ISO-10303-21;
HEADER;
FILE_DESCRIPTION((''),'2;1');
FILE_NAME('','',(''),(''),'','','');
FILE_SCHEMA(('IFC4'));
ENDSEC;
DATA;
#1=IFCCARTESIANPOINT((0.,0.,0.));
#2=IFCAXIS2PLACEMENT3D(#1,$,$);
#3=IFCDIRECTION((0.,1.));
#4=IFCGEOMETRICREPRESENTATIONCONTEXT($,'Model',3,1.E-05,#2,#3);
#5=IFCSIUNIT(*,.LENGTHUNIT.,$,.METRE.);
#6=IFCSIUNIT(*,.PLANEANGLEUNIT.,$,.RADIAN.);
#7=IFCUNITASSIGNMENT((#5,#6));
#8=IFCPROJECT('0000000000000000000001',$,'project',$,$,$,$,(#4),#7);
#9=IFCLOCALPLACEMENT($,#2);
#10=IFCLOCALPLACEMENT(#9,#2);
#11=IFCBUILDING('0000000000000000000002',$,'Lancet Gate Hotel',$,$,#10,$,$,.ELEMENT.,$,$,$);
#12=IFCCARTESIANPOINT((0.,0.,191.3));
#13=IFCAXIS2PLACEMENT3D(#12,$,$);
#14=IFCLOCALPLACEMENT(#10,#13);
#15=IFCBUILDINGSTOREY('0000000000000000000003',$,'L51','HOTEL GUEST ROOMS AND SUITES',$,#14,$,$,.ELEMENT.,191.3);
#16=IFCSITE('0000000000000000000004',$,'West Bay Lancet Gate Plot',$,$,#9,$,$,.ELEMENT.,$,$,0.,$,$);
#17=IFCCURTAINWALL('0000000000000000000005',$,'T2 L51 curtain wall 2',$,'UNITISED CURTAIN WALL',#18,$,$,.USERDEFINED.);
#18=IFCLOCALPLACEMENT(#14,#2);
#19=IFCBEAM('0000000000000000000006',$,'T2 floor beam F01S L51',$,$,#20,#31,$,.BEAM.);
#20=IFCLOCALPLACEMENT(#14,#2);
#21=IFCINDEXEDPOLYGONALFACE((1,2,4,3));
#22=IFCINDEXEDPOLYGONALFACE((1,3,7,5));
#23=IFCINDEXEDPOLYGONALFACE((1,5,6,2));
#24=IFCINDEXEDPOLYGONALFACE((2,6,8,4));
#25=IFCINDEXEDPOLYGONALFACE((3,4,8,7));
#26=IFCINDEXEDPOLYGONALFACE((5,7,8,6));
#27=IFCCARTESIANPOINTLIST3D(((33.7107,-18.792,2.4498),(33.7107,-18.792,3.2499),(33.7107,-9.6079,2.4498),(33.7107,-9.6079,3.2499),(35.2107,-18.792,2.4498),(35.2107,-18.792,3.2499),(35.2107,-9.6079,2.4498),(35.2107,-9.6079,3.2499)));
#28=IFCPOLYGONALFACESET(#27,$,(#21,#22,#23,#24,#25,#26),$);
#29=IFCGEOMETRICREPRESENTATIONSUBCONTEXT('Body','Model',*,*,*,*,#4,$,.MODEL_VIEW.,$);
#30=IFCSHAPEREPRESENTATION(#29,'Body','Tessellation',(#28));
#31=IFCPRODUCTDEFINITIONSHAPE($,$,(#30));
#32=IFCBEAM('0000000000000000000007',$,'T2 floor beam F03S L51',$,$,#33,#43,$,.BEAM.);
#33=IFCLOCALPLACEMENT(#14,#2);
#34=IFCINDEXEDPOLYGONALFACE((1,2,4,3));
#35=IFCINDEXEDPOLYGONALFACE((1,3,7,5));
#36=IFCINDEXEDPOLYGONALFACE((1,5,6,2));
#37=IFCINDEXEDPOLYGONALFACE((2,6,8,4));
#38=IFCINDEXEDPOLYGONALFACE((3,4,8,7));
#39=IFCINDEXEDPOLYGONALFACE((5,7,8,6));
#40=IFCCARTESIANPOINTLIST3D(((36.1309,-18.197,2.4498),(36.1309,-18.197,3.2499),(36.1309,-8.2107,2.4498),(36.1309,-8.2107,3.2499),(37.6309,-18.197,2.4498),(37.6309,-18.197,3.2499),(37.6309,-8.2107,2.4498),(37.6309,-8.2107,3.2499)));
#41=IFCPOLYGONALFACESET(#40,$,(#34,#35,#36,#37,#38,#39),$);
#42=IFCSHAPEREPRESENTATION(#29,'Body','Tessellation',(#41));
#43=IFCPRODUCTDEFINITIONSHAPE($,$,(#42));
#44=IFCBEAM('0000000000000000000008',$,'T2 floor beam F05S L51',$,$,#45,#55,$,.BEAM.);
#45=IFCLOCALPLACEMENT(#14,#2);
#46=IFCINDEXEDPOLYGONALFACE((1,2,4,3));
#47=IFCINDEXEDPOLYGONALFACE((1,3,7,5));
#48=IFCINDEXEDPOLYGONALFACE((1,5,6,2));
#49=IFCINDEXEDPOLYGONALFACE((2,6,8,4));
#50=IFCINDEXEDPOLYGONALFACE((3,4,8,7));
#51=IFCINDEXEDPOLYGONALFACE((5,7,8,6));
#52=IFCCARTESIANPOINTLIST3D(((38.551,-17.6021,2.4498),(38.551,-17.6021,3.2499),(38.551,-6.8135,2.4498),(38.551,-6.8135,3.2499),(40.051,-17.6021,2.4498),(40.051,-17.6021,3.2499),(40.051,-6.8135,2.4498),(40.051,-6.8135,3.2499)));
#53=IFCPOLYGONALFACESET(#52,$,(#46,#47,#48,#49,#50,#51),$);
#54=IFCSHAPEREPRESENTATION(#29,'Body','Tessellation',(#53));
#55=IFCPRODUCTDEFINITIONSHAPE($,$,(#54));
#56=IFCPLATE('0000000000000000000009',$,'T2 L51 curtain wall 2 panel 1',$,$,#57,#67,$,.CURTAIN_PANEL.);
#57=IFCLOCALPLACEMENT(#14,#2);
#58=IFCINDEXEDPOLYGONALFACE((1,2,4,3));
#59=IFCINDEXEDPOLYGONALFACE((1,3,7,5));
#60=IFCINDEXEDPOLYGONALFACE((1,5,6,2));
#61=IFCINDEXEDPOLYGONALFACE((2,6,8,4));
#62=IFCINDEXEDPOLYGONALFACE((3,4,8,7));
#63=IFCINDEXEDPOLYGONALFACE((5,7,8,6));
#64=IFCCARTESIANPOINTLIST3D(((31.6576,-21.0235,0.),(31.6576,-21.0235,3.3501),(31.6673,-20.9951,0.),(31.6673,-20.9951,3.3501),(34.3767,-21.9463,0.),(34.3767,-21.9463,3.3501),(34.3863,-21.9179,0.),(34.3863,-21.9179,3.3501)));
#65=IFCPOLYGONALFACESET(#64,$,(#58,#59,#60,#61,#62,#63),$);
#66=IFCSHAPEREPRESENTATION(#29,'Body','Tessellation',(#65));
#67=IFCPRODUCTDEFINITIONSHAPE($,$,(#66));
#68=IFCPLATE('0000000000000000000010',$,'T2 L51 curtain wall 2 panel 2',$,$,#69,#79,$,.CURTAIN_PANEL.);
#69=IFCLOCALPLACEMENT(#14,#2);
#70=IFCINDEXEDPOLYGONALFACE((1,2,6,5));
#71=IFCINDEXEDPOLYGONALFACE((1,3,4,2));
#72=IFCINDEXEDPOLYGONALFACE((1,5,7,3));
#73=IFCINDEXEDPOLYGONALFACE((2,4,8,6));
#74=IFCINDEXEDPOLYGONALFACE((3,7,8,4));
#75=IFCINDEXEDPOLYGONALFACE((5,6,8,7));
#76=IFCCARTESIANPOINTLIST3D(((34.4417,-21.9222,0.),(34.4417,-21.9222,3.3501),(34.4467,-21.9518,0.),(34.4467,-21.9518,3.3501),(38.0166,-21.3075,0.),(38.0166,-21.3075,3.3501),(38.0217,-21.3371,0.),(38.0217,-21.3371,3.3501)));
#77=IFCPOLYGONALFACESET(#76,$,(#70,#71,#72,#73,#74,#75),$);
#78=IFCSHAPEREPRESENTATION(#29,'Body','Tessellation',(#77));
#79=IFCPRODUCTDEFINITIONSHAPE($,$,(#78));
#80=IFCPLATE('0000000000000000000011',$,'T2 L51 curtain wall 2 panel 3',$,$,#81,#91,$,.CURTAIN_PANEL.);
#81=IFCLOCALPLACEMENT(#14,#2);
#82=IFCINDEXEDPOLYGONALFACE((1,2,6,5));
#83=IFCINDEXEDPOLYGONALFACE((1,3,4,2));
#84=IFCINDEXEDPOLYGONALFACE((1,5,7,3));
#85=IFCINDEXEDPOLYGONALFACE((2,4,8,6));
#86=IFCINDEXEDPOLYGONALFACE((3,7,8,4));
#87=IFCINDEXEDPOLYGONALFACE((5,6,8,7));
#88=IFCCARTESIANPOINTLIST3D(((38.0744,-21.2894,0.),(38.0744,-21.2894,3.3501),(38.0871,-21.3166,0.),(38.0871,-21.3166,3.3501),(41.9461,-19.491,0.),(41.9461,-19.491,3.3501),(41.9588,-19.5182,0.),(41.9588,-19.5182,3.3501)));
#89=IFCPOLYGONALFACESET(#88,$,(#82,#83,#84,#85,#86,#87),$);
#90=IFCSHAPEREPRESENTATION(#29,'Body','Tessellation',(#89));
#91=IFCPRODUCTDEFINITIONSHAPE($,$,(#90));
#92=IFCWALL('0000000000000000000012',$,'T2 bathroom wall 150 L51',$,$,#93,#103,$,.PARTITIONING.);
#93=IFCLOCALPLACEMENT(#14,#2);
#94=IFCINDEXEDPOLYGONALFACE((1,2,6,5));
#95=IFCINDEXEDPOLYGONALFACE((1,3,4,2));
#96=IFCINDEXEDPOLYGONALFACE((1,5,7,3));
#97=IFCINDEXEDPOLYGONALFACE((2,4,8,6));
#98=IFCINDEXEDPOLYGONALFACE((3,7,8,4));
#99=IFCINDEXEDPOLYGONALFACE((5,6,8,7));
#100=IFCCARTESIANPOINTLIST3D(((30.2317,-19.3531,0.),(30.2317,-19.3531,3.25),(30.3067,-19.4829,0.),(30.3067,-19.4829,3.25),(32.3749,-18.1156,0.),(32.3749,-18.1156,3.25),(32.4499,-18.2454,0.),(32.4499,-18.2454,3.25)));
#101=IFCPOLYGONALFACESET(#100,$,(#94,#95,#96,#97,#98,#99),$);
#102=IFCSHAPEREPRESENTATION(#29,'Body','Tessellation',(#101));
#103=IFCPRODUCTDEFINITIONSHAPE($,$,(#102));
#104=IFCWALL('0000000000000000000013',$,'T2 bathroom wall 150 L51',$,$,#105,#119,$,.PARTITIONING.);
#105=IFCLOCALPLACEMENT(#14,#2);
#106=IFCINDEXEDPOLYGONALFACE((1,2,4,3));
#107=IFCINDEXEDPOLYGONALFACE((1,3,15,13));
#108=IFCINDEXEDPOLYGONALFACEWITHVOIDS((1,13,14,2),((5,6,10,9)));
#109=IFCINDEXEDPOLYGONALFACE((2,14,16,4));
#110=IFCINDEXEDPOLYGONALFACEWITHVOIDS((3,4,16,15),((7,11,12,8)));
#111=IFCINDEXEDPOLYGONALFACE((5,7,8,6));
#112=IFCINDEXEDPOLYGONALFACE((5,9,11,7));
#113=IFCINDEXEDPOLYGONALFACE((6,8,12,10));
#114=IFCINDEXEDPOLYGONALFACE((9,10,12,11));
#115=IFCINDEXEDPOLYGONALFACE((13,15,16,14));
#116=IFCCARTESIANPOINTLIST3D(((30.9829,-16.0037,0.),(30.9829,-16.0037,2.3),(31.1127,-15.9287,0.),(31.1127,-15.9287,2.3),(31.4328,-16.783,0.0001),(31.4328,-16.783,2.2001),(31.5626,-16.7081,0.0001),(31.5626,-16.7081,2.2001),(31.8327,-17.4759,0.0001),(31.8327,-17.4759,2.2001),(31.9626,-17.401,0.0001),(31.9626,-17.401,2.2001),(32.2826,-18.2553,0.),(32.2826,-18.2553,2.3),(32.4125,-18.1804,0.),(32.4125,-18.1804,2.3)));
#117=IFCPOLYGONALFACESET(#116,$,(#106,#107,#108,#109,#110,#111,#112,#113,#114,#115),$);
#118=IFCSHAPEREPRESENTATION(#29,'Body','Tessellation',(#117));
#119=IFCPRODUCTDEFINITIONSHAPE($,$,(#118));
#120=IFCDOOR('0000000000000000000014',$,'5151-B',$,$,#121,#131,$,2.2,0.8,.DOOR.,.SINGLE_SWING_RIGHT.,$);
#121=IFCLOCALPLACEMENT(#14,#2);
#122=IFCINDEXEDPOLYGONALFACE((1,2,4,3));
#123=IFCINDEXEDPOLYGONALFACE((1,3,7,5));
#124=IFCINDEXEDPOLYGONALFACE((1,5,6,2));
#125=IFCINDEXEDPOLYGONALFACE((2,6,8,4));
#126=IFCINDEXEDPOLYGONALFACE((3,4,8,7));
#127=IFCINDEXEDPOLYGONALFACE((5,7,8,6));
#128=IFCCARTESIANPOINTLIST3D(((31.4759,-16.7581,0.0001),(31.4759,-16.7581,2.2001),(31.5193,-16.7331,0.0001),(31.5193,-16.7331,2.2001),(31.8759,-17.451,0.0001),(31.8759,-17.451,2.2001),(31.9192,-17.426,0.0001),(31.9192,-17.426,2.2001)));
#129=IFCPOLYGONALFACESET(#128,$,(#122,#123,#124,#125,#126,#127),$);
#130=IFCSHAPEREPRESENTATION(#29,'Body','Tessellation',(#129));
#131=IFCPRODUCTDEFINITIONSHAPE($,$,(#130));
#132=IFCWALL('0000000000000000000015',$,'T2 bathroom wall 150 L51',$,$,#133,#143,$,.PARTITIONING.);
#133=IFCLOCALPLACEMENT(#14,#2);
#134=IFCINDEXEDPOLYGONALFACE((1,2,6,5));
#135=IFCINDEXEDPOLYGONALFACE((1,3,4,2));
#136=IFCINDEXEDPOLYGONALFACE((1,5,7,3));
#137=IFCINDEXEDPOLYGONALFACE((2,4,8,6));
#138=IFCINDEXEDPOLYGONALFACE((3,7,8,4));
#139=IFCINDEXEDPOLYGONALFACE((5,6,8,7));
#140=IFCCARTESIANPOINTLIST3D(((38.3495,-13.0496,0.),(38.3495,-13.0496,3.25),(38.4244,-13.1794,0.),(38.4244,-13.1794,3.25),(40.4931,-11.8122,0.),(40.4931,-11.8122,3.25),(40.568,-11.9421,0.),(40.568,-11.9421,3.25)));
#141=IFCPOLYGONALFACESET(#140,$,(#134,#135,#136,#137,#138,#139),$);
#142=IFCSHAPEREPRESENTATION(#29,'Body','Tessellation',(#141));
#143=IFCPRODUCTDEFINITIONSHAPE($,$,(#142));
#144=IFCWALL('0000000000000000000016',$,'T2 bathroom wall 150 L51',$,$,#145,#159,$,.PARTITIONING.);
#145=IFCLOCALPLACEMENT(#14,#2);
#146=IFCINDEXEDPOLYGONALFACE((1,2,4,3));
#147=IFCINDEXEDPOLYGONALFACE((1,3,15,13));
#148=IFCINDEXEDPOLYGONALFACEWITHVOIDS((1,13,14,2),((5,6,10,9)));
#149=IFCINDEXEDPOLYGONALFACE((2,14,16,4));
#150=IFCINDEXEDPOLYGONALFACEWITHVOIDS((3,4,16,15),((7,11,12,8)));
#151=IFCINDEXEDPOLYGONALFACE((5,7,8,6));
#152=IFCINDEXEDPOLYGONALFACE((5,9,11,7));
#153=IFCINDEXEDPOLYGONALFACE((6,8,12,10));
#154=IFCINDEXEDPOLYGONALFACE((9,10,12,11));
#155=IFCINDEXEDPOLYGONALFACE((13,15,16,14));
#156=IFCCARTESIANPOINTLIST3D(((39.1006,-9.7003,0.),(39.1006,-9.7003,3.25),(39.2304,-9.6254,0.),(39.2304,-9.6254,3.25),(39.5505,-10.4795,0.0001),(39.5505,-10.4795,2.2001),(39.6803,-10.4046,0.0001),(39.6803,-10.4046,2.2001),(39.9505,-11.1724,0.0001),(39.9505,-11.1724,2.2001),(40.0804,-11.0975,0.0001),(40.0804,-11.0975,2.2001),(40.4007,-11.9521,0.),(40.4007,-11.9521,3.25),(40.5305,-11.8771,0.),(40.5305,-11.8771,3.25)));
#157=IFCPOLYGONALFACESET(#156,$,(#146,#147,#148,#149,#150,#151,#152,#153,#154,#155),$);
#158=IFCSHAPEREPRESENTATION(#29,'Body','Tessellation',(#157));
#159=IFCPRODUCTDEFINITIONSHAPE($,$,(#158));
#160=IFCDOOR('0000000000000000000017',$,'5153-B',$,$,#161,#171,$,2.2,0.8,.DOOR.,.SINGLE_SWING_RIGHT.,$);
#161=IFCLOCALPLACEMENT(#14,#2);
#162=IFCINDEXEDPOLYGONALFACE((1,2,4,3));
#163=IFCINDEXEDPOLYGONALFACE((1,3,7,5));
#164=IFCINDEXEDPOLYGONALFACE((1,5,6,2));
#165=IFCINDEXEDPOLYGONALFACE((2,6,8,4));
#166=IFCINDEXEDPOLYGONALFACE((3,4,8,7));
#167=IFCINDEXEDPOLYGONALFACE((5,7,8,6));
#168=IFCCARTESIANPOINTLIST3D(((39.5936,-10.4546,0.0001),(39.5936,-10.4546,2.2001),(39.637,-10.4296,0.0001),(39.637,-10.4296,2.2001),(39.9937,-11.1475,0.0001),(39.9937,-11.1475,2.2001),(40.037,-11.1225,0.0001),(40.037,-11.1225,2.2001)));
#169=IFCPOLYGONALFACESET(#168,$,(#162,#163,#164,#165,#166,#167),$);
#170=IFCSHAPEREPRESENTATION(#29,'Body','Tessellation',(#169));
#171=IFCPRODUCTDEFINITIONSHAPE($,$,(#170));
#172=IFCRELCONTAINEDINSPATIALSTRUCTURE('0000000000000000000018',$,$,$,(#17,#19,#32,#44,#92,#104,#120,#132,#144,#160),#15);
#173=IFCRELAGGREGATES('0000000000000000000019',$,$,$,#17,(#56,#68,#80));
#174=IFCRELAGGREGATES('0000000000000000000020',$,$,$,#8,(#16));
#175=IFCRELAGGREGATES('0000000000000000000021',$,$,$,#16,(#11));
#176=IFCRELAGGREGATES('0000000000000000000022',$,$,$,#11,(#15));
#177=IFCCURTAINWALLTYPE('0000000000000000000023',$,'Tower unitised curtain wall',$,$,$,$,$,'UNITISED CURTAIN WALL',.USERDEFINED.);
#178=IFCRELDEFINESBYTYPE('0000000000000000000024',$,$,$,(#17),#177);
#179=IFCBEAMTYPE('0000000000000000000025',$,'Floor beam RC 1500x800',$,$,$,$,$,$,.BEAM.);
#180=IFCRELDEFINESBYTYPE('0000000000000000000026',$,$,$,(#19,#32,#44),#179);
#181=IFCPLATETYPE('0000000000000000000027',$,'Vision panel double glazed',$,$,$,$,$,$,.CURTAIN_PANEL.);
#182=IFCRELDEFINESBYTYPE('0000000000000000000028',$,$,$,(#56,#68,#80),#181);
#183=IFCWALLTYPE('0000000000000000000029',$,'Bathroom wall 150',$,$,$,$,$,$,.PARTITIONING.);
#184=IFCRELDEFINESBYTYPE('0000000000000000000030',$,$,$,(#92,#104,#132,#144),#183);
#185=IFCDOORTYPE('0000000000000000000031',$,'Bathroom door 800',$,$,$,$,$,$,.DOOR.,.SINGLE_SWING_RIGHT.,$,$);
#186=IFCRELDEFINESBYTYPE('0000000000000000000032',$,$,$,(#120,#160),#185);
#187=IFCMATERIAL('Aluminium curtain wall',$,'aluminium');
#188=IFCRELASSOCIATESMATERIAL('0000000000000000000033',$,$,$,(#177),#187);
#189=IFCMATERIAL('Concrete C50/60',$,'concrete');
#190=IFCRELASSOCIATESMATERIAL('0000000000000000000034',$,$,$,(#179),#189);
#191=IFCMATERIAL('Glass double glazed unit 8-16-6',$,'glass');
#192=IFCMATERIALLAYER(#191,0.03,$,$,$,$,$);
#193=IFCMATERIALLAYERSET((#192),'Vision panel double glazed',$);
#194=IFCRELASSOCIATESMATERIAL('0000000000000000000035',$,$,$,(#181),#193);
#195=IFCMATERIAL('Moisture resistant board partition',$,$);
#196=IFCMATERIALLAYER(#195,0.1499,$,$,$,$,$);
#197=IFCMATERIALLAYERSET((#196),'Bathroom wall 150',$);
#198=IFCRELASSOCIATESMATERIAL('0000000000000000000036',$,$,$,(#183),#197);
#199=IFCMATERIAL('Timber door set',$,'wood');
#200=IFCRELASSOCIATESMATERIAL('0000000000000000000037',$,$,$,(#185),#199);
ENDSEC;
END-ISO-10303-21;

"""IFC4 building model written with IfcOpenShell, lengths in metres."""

from ifc_helpers import new_model, si_unit, direction, frame, frame_2d, origin, origin_2d, place, context, subcontext, project, spatial, rectangle, extrude, material, layer, layer_set, material_profile, profile_set, type_object, element, fill, aggregate, save


model = new_model("IFC4")

# Units and contexts
model_context = context("Model", 3, precision=1e-05, world=origin(), true_north=direction((0.0, 1.0)))
body_context = subcontext(model_context, "Body", "Model", "MODEL_VIEW")
ifc_project = project(units=[si_unit("LENGTHUNIT", "METRE"), si_unit("PLANEANGLEUNIT", "RADIAN")], contexts=[model_context])

# Site, building, storey
site_placement = place(None, origin())
site = spatial("IfcSite", under=ifc_project, at=site_placement, Name="West Bay Lancet Gate Plot", CompositionType="ELEMENT", RefElevation=0.0)
building_placement = place(site_placement, origin())
building = spatial("IfcBuilding", under=site, at=building_placement, Name="Lancet Gate Hotel", CompositionType="ELEMENT")
storey_placement = place(building_placement, frame((0.0, 0.0, 191.3)))
storey = spatial("IfcBuildingStorey", under=building, at=storey_placement, Name="L51", Description="HOTEL GUEST ROOMS AND SUITES", CompositionType="ELEMENT", Elevation=191.3)

# Shared definitions
ifc_material_1 = material(Name="Aluminium curtain wall", Category="aluminium")
curtain_wall_type = type_object("IfcCurtainWallType", Name="Tower unitised curtain wall", ElementType="UNITISED CURTAIN WALL", PredefinedType="USERDEFINED", material=ifc_material_1)

# Curtain wall
curtain_wall_1_placement = place(storey_placement, origin())
curtain_wall_1 = element("IfcCurtainWall", 1, at=curtain_wall_1_placement, inside=storey, type_object=curtain_wall_type, Name="T2 L51 curtain wall 2", ObjectType="UNITISED CURTAIN WALL", PredefinedType="USERDEFINED")

# Beams
ifc_material_2 = material(Name="Concrete C50/60", Category="concrete")
ifc_material_profile_1 = material_profile(ifc_material_2, rectangle(XDim=1.5, YDim=0.8, at=origin_2d()), Name="RC 1500x800")
ifc_profile_set_1 = profile_set([ifc_material_profile_1], Name="Concrete C50/60")
beam_type_1 = type_object("IfcBeamType", Name="Floor beam RC 1500x800", PredefinedType="BEAM", material=ifc_profile_set_1)
beam_1_placement = place(storey_placement, frame((34.4607, -18.792, 2.8499), z_axis=(0.0, 1.0, 0.0), x_axis=(-1.0, 0.0, 0.0)))
element("IfcBeam", 2, at=beam_1_placement, inside=storey, type_object=beam_type_1, Name="T2 floor beam F01S L51", PredefinedType="BEAM", context=body_context, shape_type="SweptSolid", body=[
    extrude(rectangle(XDim=1.5, YDim=0.8, at=origin_2d()), origin(), (0.0, 0.0, 1.0), 9.1841),
])
beam_2_placement = place(storey_placement, frame((36.8809, -18.197, 2.8499), z_axis=(0.0, 1.0, 0.0), x_axis=(-1.0, 0.0, 0.0)))
element("IfcBeam", 3, at=beam_2_placement, inside=storey, type_object=beam_type_1, Name="T2 floor beam F03S L51", PredefinedType="BEAM", context=body_context, shape_type="SweptSolid", body=[
    extrude(rectangle(XDim=1.5, YDim=0.8, at=origin_2d()), origin(), (0.0, 0.0, 1.0), 9.9863),
])
beam_3_placement = place(storey_placement, frame((39.301, -17.6021, 2.8499), z_axis=(0.0, 1.0, 0.0), x_axis=(-1.0, 0.0, 0.0)))
element("IfcBeam", 4, at=beam_3_placement, inside=storey, type_object=beam_type_1, Name="T2 floor beam F05S L51", PredefinedType="BEAM", context=body_context, shape_type="SweptSolid", body=[
    extrude(rectangle(XDim=1.5, YDim=0.8, at=origin_2d()), origin(), (0.0, 0.0, 1.0), 10.7886),
])

# Plates
ifc_material_3 = material(Name="Glass double glazed unit 8-16-6", Category="glass")
ifc_layer_1 = layer(ifc_material_3, 0.03)
ifc_layer_set_1 = layer_set([ifc_layer_1], Name="Vision panel double glazed")
plate_type = type_object("IfcPlateType", Name="Vision panel double glazed", PredefinedType="CURTAIN_PANEL", material=ifc_layer_set_1)
plate_1_placement = place(storey_placement, frame((33.022, -21.4707, 0.0), z_axis=(0.0, 0.0, 1.0), x_axis=(0.946952, -0.321374, 0.0)))
plate_1 = element("IfcPlate", 5, at=plate_1_placement, type_object=plate_type, Name="T2 L51 curtain wall 2 panel 1", PredefinedType="CURTAIN_PANEL", context=body_context, shape_type="SweptSolid", body=[
    extrude(rectangle(XDim=2.8713, YDim=0.03, at=origin_2d()), origin(), (0.0, 0.0, 1.0), 3.3501),
])
plate_2_placement = place(storey_placement, frame((36.2317, -21.6296, 0.0), z_axis=(0.0, 0.0, 1.0), x_axis=(0.98554, 0.169445, 0.0)))
plate_2 = element("IfcPlate", 6, at=plate_2_placement, type_object=plate_type, Name="T2 L51 curtain wall 2 panel 2", PredefinedType="CURTAIN_PANEL", context=body_context, shape_type="SweptSolid", body=[
    extrude(rectangle(XDim=3.6274, YDim=0.03, at=origin_2d()), origin(), (0.0, 0.0, 1.0), 3.3501),
])
plate_3_placement = place(storey_placement, frame((40.0166, -20.4038, 0.0), z_axis=(0.0, 0.0, 1.0), x_axis=(0.906935, 0.421271, 0.0)))
plate_3 = element("IfcPlate", 7, at=plate_3_placement, type_object=plate_type, Name="T2 L51 curtain wall 2 panel 3", PredefinedType="CURTAIN_PANEL", context=body_context, shape_type="SweptSolid", body=[
    extrude(rectangle(XDim=4.269, YDim=0.03, at=origin_2d()), origin(), (0.0, 0.0, 1.0), 3.3501),
])
aggregate(curtain_wall_1, [plate_1, plate_2, plate_3])

# Wall
ifc_material_4 = material(Name="Moisture resistant board partition")
ifc_layer_2 = layer(ifc_material_4, 0.1499)
ifc_layer_set_2 = layer_set([ifc_layer_2], Name="Bathroom wall 150")
wall_type_1 = type_object("IfcWallType", Name="Bathroom wall 150", PredefinedType="PARTITIONING", material=ifc_layer_set_2)
wall_1_placement = place(storey_placement, frame((30.2693, -19.418, 0.0), z_axis=(0.0, 0.0, 1.0), x_axis=(0.866007, 0.500033, 0.0)))
element("IfcWall", 8, at=wall_1_placement, inside=storey, type_object=wall_type_1, Name="T2 bathroom wall 150 L51", PredefinedType="PARTITIONING", context=body_context, shape_type="SweptSolid", body=[
    extrude(rectangle(XDim=2.4749, YDim=0.1499, at=frame_2d((1.2373, 0.0))), origin(), (0.0, 0.0, 1.0), 3.25),
])

# Wall, opening, door
wall_2_placement = place(storey_placement, frame((31.0479, -15.9663, 0.0), z_axis=(0.0, 0.0, 1.0), x_axis=(0.499937, -0.866062, 0.0)))
wall_2 = element("IfcWall", 9, at=wall_2_placement, inside=storey, type_object=wall_type_1, Name="T2 bathroom wall 150 L51", PredefinedType="PARTITIONING", context=body_context, shape_type="SweptSolid", body=[
    extrude(rectangle(XDim=2.5999, YDim=0.1499, at=frame_2d((1.2998, 0.0))), origin(), (0.0, 0.0, 1.0), 2.3),
])
opening_1_placement = place(wall_2_placement, frame((0.8999, 0.0, 0.0)))
opening_1 = element("IfcOpeningElement", 10, at=opening_1_placement, cuts=wall_2, PredefinedType="OPENING", context=body_context, shape_type="SweptSolid", body=[
    extrude(rectangle(XDim=0.8, YDim=2.2, at=frame_2d((0.3999, 1.1001))), frame((0.0, 0.085, 0.0), z_axis=(0.0, -1.0, 0.0), x_axis=(1.0, 0.0, 0.0)), (0.0, 0.0, 1.0), 0.1699),
])
ifc_material_5 = material(Name="Timber door set", Category="wood")
door_type_1 = type_object("IfcDoorType", Name="Bathroom door 800", OperationType="SINGLE_SWING_RIGHT", PredefinedType="DOOR", material=ifc_material_5)
door_1_placement = place(opening_1_placement, origin())
door_1 = element("IfcDoor", 11, at=door_1_placement, inside=storey, type_object=door_type_1, Name="5151-B", OperationType="SINGLE_SWING_RIGHT", OverallHeight=2.2, OverallWidth=0.8, PredefinedType="DOOR", context=body_context, shape_type="SweptSolid", body=[
    extrude(rectangle(XDim=0.8, YDim=2.2, at=frame_2d((0.3999, 1.1001))), frame((0.0, 0.0249, 0.0), z_axis=(0.0, -1.0, 0.0), x_axis=(1.0, 0.0, 0.0)), (0.0, 0.0, 1.0), 0.05),
])
fill(opening_1, door_1)

# Wall
wall_3_placement = place(storey_placement, frame((38.387, -13.1145, 0.0), z_axis=(0.0, 0.0, 1.0), x_axis=(0.866074, 0.499916, 0.0)))
element("IfcWall", 12, at=wall_3_placement, inside=storey, type_object=wall_type_1, Name="T2 bathroom wall 150 L51", PredefinedType="PARTITIONING", context=body_context, shape_type="SweptSolid", body=[
    extrude(rectangle(XDim=2.4751, YDim=0.1499, at=frame_2d((1.2375, 0.0))), origin(), (0.0, 0.0, 1.0), 3.25),
])

# Wall, opening, door
wall_4_placement = place(storey_placement, frame((39.1655, -9.6628, 0.0), z_axis=(0.0, 0.0, 1.0), x_axis=(0.500007, -0.866021, 0.0)))
wall_4 = element("IfcWall", 13, at=wall_4_placement, inside=storey, type_object=wall_type_1, Name="T2 bathroom wall 150 L51", PredefinedType="PARTITIONING", context=body_context, shape_type="SweptSolid", body=[
    extrude(rectangle(XDim=2.6001, YDim=0.1499, at=frame_2d((1.3, 0.0))), origin(), (0.0, 0.0, 1.0), 3.25),
])
opening_2_placement = place(wall_4_placement, frame((0.8999, 0.0, 0.0)))
opening_2 = element("IfcOpeningElement", 14, at=opening_2_placement, cuts=wall_4, PredefinedType="OPENING", context=body_context, shape_type="SweptSolid", body=[
    extrude(rectangle(XDim=0.8, YDim=2.2, at=frame_2d((0.3999, 1.1001))), frame((0.0, 0.085, 0.0), z_axis=(0.0, -1.0, 0.0), x_axis=(1.0, 0.0, 0.0)), (0.0, 0.0, 1.0), 0.1699),
])
door_2_placement = place(opening_2_placement, origin())
door_2 = element("IfcDoor", 15, at=door_2_placement, inside=storey, type_object=door_type_1, Name="5153-B", OperationType="SINGLE_SWING_RIGHT", OverallHeight=2.2, OverallWidth=0.8, PredefinedType="DOOR", context=body_context, shape_type="SweptSolid", body=[
    extrude(rectangle(XDim=0.8, YDim=2.2, at=frame_2d((0.3999, 1.1001))), frame((0.0, 0.0249, 0.0), z_axis=(0.0, -1.0, 0.0), x_axis=(1.0, 0.0, 0.0)), (0.0, 0.0, 1.0), 0.05),
])
fill(opening_2, door_2)

save(model, "model.ifc")
